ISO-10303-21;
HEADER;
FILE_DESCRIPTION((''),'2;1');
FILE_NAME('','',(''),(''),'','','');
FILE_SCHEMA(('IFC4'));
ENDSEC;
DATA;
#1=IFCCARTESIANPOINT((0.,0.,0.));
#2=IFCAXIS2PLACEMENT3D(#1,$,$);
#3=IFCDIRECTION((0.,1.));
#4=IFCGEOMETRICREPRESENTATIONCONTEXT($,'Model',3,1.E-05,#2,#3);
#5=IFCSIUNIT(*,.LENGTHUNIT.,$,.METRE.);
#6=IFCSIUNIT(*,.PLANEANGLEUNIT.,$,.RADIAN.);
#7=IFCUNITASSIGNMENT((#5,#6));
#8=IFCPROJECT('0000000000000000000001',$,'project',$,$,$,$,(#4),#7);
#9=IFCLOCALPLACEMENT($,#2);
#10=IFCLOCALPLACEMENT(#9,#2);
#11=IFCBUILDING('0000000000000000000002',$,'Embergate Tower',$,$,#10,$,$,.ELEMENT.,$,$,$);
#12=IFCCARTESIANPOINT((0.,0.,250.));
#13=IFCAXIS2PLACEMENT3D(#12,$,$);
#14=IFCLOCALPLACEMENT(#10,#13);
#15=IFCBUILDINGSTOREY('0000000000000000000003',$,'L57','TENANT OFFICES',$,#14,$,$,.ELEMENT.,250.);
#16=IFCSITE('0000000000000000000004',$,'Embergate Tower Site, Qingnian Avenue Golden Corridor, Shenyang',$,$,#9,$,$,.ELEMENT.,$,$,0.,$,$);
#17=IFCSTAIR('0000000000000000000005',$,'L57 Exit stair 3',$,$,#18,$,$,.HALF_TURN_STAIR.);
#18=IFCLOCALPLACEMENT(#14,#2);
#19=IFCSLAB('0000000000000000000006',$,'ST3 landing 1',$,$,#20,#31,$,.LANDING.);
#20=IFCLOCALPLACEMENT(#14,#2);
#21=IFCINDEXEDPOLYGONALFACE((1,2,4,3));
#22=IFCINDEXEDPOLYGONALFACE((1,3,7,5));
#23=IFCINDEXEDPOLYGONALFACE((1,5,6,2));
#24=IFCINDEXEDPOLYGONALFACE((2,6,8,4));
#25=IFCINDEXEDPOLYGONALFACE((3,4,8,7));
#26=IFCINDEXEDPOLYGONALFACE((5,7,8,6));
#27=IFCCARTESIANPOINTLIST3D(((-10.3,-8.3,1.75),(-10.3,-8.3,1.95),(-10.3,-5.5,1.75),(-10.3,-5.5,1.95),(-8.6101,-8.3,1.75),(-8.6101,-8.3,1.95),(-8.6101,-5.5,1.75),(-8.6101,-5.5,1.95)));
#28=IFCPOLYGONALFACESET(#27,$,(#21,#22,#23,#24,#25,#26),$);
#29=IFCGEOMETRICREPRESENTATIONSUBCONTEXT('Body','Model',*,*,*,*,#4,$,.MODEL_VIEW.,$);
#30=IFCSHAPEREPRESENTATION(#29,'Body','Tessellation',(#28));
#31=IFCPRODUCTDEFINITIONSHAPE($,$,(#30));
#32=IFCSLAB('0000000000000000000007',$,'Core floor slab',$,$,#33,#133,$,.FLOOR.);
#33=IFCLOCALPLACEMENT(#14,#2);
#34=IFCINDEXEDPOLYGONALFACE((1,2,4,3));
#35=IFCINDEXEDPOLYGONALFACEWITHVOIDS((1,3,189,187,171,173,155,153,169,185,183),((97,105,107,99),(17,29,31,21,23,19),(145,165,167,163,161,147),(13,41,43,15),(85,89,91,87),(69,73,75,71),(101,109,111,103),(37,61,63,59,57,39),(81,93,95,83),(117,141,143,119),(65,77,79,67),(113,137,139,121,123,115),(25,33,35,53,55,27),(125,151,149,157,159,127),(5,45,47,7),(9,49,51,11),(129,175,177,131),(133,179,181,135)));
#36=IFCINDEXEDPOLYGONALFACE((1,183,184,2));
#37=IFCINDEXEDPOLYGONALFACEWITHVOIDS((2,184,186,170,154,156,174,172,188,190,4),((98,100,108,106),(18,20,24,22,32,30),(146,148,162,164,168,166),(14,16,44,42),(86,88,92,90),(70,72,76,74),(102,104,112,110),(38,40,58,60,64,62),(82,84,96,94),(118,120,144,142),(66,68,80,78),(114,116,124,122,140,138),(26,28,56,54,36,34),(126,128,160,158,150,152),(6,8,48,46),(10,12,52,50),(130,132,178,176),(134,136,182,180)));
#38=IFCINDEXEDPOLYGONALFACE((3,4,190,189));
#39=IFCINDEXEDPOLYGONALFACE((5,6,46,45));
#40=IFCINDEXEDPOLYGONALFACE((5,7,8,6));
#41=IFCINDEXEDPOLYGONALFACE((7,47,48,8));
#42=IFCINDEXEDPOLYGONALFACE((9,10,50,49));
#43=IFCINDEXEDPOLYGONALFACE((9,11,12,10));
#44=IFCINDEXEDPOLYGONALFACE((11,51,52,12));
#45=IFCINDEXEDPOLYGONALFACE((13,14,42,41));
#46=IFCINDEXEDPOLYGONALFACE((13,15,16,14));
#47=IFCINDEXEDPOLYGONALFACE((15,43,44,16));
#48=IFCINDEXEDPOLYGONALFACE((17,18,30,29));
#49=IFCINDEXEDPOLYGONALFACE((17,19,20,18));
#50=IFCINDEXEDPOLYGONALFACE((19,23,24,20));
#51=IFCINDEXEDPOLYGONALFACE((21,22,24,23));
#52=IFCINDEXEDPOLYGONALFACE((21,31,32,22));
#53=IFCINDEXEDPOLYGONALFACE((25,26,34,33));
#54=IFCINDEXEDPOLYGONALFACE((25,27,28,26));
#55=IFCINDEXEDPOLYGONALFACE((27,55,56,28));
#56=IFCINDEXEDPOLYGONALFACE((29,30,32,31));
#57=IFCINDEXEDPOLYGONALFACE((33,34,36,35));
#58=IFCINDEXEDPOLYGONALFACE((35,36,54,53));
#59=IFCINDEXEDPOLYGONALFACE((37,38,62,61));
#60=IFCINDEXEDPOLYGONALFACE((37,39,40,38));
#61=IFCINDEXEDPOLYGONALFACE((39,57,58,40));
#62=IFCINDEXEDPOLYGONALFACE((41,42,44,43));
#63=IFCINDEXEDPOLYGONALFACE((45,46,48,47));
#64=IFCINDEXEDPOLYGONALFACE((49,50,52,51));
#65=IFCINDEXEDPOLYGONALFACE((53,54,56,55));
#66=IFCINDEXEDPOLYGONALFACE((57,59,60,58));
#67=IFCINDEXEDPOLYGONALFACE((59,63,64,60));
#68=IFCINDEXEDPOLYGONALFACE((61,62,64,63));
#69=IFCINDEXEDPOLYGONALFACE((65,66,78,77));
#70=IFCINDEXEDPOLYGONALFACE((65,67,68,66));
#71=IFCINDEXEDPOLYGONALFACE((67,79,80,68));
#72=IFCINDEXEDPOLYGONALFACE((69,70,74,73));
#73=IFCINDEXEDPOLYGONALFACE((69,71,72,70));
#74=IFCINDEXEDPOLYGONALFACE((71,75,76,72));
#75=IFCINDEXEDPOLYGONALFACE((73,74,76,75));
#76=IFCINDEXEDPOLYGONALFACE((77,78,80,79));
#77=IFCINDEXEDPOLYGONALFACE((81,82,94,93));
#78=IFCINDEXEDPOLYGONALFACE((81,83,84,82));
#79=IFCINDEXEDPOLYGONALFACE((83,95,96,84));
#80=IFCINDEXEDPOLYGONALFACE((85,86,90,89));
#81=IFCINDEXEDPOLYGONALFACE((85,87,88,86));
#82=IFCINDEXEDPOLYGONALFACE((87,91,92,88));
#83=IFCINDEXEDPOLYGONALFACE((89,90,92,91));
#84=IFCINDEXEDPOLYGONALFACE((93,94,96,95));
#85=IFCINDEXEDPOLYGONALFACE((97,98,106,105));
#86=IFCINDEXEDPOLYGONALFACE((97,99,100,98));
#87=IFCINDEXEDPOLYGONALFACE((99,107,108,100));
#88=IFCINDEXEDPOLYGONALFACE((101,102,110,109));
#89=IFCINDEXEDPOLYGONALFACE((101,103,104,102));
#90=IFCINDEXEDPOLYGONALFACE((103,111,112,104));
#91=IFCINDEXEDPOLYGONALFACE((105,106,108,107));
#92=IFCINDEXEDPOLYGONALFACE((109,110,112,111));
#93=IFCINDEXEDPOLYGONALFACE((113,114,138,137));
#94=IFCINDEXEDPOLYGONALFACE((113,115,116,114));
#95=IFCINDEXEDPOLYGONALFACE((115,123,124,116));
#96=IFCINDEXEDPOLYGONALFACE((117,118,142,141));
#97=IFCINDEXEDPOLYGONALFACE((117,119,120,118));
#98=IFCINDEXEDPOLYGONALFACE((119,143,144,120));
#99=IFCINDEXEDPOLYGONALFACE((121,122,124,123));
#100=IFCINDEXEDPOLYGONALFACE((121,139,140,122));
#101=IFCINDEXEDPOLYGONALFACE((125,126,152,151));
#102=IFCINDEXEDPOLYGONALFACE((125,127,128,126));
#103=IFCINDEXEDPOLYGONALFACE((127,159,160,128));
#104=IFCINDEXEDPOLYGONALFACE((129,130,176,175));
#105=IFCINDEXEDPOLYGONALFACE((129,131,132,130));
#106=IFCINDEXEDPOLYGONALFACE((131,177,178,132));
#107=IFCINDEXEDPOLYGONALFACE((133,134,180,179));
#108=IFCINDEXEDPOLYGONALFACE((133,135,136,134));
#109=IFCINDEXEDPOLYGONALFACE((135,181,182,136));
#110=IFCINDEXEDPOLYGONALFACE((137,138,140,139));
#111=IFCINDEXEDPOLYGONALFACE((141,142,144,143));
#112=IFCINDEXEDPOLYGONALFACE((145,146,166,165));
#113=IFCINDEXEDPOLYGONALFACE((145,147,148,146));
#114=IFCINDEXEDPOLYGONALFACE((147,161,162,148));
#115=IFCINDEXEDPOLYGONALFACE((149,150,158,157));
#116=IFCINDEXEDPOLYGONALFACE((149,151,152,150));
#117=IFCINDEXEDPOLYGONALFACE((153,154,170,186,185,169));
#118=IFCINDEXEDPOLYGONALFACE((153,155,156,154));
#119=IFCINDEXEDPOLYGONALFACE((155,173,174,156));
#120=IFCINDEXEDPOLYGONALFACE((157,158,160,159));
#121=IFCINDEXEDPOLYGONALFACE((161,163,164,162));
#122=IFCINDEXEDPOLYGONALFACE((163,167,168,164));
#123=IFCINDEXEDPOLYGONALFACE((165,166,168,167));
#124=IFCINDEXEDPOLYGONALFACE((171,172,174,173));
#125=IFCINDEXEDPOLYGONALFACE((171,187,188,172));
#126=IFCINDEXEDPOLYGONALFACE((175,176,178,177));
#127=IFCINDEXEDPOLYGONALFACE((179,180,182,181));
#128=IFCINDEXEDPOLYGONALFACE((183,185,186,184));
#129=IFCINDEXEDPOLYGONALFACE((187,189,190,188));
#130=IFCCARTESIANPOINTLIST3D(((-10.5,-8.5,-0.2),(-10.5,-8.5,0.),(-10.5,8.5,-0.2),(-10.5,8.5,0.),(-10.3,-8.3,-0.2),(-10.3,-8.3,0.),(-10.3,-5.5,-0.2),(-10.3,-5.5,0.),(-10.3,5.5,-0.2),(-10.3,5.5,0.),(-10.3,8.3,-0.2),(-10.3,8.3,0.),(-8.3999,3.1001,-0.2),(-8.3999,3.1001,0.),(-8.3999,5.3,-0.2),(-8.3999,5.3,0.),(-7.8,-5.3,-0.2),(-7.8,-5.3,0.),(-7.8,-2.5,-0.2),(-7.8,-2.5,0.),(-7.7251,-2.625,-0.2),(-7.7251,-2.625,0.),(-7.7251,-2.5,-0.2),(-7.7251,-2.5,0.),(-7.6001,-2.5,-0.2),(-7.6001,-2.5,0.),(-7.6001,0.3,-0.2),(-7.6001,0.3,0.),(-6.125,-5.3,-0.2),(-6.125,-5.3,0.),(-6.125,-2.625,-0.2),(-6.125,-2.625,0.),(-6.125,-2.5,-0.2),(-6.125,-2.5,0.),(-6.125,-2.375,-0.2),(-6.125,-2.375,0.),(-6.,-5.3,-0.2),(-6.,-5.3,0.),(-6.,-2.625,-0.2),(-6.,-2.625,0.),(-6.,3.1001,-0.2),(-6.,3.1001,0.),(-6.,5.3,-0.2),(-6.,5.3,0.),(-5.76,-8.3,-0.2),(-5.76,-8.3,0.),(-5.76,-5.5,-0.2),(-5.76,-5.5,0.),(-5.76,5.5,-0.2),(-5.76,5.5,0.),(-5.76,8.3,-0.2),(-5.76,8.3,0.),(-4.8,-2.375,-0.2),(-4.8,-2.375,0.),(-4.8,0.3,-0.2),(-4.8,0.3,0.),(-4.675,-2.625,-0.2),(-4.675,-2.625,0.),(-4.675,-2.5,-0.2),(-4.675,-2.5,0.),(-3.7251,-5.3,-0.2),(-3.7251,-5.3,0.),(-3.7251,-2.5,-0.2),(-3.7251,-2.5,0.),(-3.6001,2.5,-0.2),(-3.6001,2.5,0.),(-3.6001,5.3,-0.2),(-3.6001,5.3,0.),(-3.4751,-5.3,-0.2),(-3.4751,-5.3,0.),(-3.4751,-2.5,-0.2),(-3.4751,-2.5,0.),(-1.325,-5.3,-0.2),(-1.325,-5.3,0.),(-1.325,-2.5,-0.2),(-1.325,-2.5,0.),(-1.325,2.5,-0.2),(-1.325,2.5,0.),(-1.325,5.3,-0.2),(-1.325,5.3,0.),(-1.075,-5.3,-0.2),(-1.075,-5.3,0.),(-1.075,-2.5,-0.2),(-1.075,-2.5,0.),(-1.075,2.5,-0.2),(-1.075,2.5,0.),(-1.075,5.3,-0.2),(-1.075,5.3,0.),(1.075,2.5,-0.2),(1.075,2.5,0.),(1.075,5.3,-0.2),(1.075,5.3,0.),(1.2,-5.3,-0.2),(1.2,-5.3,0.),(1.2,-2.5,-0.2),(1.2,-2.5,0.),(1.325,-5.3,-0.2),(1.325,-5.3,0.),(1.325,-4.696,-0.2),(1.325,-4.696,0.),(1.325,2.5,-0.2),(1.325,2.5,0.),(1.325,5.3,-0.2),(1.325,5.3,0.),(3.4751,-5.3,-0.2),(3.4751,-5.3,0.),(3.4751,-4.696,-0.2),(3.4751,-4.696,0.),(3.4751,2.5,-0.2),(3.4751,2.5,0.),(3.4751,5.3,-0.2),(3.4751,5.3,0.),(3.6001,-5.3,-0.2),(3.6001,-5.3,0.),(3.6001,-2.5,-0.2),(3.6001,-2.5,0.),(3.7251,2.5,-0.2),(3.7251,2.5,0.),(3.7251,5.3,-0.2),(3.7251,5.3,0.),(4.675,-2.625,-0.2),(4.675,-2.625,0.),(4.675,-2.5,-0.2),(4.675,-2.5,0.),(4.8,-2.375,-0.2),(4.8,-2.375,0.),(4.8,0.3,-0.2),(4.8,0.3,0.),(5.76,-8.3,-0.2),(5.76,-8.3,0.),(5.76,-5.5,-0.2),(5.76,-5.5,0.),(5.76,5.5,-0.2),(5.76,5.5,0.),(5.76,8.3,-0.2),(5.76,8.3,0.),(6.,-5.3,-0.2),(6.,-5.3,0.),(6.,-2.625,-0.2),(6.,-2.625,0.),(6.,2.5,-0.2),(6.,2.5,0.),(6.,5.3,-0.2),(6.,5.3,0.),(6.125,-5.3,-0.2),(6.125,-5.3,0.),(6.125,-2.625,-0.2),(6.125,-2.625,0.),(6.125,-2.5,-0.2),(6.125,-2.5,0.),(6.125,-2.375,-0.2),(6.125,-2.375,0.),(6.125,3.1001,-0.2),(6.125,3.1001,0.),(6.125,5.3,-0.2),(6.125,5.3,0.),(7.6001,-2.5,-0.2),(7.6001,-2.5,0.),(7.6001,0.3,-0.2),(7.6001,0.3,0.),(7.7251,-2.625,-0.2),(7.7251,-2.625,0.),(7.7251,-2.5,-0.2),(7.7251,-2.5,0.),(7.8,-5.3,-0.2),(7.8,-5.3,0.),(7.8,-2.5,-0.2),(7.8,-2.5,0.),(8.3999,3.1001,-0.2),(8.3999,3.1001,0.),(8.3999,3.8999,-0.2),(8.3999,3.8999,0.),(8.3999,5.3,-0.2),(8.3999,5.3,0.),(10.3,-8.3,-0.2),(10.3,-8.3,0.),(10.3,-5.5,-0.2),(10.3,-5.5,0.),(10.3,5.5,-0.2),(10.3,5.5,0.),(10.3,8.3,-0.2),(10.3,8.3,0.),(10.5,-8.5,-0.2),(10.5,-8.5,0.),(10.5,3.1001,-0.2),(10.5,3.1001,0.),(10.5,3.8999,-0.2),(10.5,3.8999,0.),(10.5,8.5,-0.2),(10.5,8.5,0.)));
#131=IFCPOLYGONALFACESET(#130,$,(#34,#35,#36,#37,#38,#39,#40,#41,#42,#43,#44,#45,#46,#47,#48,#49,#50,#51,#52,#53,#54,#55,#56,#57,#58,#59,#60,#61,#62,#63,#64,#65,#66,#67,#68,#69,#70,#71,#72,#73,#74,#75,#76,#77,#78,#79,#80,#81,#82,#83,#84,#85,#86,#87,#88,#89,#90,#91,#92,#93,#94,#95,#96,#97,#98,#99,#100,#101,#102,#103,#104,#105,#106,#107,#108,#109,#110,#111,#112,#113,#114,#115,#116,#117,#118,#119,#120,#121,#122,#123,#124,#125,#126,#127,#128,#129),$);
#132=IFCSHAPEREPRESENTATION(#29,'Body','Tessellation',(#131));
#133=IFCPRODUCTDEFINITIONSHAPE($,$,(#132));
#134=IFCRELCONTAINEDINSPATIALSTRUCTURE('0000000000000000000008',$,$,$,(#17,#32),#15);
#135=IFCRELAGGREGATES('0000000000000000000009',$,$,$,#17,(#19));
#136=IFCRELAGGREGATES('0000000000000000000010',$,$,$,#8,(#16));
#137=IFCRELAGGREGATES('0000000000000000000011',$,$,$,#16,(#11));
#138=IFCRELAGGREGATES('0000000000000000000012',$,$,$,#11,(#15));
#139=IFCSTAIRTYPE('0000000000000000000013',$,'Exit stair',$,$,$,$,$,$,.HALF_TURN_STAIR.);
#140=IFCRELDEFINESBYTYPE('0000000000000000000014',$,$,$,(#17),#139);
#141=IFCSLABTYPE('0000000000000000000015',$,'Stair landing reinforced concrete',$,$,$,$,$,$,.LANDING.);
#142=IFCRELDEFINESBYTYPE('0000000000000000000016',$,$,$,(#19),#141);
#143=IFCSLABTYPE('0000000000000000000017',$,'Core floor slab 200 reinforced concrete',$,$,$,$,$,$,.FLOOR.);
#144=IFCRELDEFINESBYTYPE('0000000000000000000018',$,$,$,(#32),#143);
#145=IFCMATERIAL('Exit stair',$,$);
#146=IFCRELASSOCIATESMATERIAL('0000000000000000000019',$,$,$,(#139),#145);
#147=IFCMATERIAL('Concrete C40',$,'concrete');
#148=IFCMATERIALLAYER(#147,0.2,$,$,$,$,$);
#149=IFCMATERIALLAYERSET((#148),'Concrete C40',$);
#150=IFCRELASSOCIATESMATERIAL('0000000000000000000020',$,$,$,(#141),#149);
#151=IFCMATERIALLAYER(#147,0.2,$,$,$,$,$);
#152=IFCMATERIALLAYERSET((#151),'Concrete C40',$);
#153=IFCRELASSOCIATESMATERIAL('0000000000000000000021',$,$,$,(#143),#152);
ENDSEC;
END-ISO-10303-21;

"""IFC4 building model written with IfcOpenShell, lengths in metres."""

from ifc_helpers import new_model, si_unit, direction, frame, origin, place, context, subcontext, project, spatial, polyline, outline, extrude, source, transform, mapped, material, layer, layer_set, type_object, element, aggregate, save


model = new_model("IFC4")

# Units and contexts
model_context = context("Model", 3, precision=1e-05, world=origin(), true_north=direction((0.0, 1.0)))
body_context = subcontext(model_context, "Body", "Model", "MODEL_VIEW")
ifc_project = project(units=[si_unit("LENGTHUNIT", "METRE"), si_unit("PLANEANGLEUNIT", "RADIAN")], contexts=[model_context])

# Site, building, storey
site_placement = place(None, origin())
site = spatial("IfcSite", under=ifc_project, at=site_placement, Name="Embergate Tower Site, Qingnian Avenue Golden Corridor, Shenyang", CompositionType="ELEMENT", RefElevation=0.0)
building_placement = place(site_placement, origin())
building = spatial("IfcBuilding", under=site, at=building_placement, Name="Embergate Tower", CompositionType="ELEMENT")
storey_placement = place(building_placement, frame((0.0, 0.0, 250.0)))
storey = spatial("IfcBuildingStorey", under=building, at=storey_placement, Name="L57", Description="TENANT OFFICES", CompositionType="ELEMENT", Elevation=250.0)

# Stair, slab
ifc_material_1 = material(Name="Exit stair")
stair_type = type_object("IfcStairType", Name="Exit stair", PredefinedType="HALF_TURN_STAIR", material=ifc_material_1)
stair_placement = place(storey_placement, origin())
stair = element("IfcStair", 1, at=stair_placement, inside=storey, type_object=stair_type, Name="L57 Exit stair 3", PredefinedType="HALF_TURN_STAIR")
ifc_material_2 = material(Name="Concrete C40", Category="concrete")
ifc_layer_1 = layer(ifc_material_2, 0.2)
ifc_layer_set_1 = layer_set([ifc_layer_1], Name="Concrete C40")
slab_type_1 = type_object("IfcSlabType", Name="Stair landing reinforced concrete", PredefinedType="LANDING", material=ifc_layer_set_1)
shared_shape_1 = source(origin(), body_context, "Body", "SweptSolid", [
    extrude(outline(polyline([(0.0, 0.0), (1.6899, 0.0), (1.6899, 2.8), (0.0, 2.8), (0.0, 0.0)])), origin(), (0.0, 0.0, 1.0), 0.2),
])
slab_1_placement = place(storey_placement, frame((-10.3, -8.3, 1.75)))
slab_1 = element("IfcSlab", 2, at=slab_1_placement, type_object=slab_type_1, Name="ST3 landing 1", PredefinedType="LANDING", context=body_context, shape_type="MappedRepresentation", body=[
    mapped(shared_shape_1, transform((0.0, 0.0, 0.0))),
])

# Slab
ifc_layer_2 = layer(ifc_material_2, 0.2)
ifc_layer_set_2 = layer_set([ifc_layer_2], Name="Concrete C40")
slab_type_2 = type_object("IfcSlabType", Name="Core floor slab 200 reinforced concrete", PredefinedType="FLOOR", material=ifc_layer_set_2)
shared_shape_2 = source(origin(), body_context, "Body", "SweptSolid", [
    extrude(outline(polyline([(0.0, 0.0), (21.0, 0.0), (21.0, 11.6001), (18.8999, 11.6001), (16.625, 11.6001), (16.625, 13.8), (18.8999, 13.8), (18.8999, 12.3999), (21.0, 12.3999), (21.0, 17.0), (0.0, 17.0), (0.0, 0.0)]), holes=[polyline([(0.2, 0.2), (0.2, 3.0), (4.74, 3.0), (4.74, 0.2), (0.2, 0.2)]), polyline([(16.26, 0.2), (16.26, 3.0), (20.8, 3.0), (20.8, 0.2), (16.26, 0.2)]), polyline([(2.7, 3.2), (2.7, 6.0), (2.7749, 6.0), (2.7749, 5.875), (4.375, 5.875), (4.375, 3.2), (2.7, 3.2)]), polyline([(4.5, 3.2), (4.5, 5.875), (5.825, 5.875), (5.825, 6.0), (6.7749, 6.0), (6.7749, 3.2), (4.5, 3.2)]), polyline([(7.0249, 3.2), (7.0249, 6.0), (9.175, 6.0), (9.175, 3.2), (7.0249, 3.2)]), polyline([(9.425, 3.2), (9.425, 6.0), (11.7, 6.0), (11.7, 3.2), (9.425, 3.2)]), polyline([(11.825, 3.2), (11.825, 3.804), (13.9751, 3.804), (13.9751, 3.2), (11.825, 3.2)]), polyline([(14.1001, 3.2), (14.1001, 6.0), (15.175, 6.0), (15.175, 5.875), (16.5, 5.875), (16.5, 3.2), (14.1001, 3.2)]), polyline([(16.625, 3.2), (16.625, 5.875), (18.2251, 5.875), (18.2251, 6.0), (18.3, 6.0), (18.3, 3.2), (16.625, 3.2)]), polyline([(2.8999, 6.0), (2.8999, 8.8), (5.7, 8.8), (5.7, 6.125), (4.375, 6.125), (4.375, 6.0), (2.8999, 6.0)]), polyline([(16.625, 6.0), (16.625, 6.125), (15.3, 6.125), (15.3, 8.8), (18.1001, 8.8), (18.1001, 6.0), (16.625, 6.0)]), polyline([(6.8999, 11.0), (6.8999, 13.8), (9.175, 13.8), (9.175, 11.0), (6.8999, 11.0)]), polyline([(9.425, 11.0), (9.425, 13.8), (11.575, 13.8), (11.575, 11.0), (9.425, 11.0)]), polyline([(11.825, 11.0), (11.825, 13.8), (13.9751, 13.8), (13.9751, 11.0), (11.825, 11.0)]), polyline([(14.2251, 11.0), (14.2251, 13.8), (16.5, 13.8), (16.5, 11.0), (14.2251, 11.0)]), polyline([(2.1001, 11.6001), (2.1001, 13.8), (4.5, 13.8), (4.5, 11.6001), (2.1001, 11.6001)]), polyline([(0.2, 14.0), (0.2, 16.8), (4.74, 16.8), (4.74, 14.0), (0.2, 14.0)]), polyline([(16.26, 14.0), (16.26, 16.8), (20.8, 16.8), (20.8, 14.0), (16.26, 14.0)])]), origin(), (0.0, 0.0, 1.0), 0.2),
])
slab_2_placement = place(storey_placement, frame((-10.5, -8.5, -0.2)))
element("IfcSlab", 3, at=slab_2_placement, inside=storey, type_object=slab_type_2, Name="Core floor slab", PredefinedType="FLOOR", context=body_context, shape_type="MappedRepresentation", body=[
    mapped(shared_shape_2, transform((0.0, 0.0, 0.0))),
])

aggregate(stair, [slab_1])

save(model, "model.ifc")
